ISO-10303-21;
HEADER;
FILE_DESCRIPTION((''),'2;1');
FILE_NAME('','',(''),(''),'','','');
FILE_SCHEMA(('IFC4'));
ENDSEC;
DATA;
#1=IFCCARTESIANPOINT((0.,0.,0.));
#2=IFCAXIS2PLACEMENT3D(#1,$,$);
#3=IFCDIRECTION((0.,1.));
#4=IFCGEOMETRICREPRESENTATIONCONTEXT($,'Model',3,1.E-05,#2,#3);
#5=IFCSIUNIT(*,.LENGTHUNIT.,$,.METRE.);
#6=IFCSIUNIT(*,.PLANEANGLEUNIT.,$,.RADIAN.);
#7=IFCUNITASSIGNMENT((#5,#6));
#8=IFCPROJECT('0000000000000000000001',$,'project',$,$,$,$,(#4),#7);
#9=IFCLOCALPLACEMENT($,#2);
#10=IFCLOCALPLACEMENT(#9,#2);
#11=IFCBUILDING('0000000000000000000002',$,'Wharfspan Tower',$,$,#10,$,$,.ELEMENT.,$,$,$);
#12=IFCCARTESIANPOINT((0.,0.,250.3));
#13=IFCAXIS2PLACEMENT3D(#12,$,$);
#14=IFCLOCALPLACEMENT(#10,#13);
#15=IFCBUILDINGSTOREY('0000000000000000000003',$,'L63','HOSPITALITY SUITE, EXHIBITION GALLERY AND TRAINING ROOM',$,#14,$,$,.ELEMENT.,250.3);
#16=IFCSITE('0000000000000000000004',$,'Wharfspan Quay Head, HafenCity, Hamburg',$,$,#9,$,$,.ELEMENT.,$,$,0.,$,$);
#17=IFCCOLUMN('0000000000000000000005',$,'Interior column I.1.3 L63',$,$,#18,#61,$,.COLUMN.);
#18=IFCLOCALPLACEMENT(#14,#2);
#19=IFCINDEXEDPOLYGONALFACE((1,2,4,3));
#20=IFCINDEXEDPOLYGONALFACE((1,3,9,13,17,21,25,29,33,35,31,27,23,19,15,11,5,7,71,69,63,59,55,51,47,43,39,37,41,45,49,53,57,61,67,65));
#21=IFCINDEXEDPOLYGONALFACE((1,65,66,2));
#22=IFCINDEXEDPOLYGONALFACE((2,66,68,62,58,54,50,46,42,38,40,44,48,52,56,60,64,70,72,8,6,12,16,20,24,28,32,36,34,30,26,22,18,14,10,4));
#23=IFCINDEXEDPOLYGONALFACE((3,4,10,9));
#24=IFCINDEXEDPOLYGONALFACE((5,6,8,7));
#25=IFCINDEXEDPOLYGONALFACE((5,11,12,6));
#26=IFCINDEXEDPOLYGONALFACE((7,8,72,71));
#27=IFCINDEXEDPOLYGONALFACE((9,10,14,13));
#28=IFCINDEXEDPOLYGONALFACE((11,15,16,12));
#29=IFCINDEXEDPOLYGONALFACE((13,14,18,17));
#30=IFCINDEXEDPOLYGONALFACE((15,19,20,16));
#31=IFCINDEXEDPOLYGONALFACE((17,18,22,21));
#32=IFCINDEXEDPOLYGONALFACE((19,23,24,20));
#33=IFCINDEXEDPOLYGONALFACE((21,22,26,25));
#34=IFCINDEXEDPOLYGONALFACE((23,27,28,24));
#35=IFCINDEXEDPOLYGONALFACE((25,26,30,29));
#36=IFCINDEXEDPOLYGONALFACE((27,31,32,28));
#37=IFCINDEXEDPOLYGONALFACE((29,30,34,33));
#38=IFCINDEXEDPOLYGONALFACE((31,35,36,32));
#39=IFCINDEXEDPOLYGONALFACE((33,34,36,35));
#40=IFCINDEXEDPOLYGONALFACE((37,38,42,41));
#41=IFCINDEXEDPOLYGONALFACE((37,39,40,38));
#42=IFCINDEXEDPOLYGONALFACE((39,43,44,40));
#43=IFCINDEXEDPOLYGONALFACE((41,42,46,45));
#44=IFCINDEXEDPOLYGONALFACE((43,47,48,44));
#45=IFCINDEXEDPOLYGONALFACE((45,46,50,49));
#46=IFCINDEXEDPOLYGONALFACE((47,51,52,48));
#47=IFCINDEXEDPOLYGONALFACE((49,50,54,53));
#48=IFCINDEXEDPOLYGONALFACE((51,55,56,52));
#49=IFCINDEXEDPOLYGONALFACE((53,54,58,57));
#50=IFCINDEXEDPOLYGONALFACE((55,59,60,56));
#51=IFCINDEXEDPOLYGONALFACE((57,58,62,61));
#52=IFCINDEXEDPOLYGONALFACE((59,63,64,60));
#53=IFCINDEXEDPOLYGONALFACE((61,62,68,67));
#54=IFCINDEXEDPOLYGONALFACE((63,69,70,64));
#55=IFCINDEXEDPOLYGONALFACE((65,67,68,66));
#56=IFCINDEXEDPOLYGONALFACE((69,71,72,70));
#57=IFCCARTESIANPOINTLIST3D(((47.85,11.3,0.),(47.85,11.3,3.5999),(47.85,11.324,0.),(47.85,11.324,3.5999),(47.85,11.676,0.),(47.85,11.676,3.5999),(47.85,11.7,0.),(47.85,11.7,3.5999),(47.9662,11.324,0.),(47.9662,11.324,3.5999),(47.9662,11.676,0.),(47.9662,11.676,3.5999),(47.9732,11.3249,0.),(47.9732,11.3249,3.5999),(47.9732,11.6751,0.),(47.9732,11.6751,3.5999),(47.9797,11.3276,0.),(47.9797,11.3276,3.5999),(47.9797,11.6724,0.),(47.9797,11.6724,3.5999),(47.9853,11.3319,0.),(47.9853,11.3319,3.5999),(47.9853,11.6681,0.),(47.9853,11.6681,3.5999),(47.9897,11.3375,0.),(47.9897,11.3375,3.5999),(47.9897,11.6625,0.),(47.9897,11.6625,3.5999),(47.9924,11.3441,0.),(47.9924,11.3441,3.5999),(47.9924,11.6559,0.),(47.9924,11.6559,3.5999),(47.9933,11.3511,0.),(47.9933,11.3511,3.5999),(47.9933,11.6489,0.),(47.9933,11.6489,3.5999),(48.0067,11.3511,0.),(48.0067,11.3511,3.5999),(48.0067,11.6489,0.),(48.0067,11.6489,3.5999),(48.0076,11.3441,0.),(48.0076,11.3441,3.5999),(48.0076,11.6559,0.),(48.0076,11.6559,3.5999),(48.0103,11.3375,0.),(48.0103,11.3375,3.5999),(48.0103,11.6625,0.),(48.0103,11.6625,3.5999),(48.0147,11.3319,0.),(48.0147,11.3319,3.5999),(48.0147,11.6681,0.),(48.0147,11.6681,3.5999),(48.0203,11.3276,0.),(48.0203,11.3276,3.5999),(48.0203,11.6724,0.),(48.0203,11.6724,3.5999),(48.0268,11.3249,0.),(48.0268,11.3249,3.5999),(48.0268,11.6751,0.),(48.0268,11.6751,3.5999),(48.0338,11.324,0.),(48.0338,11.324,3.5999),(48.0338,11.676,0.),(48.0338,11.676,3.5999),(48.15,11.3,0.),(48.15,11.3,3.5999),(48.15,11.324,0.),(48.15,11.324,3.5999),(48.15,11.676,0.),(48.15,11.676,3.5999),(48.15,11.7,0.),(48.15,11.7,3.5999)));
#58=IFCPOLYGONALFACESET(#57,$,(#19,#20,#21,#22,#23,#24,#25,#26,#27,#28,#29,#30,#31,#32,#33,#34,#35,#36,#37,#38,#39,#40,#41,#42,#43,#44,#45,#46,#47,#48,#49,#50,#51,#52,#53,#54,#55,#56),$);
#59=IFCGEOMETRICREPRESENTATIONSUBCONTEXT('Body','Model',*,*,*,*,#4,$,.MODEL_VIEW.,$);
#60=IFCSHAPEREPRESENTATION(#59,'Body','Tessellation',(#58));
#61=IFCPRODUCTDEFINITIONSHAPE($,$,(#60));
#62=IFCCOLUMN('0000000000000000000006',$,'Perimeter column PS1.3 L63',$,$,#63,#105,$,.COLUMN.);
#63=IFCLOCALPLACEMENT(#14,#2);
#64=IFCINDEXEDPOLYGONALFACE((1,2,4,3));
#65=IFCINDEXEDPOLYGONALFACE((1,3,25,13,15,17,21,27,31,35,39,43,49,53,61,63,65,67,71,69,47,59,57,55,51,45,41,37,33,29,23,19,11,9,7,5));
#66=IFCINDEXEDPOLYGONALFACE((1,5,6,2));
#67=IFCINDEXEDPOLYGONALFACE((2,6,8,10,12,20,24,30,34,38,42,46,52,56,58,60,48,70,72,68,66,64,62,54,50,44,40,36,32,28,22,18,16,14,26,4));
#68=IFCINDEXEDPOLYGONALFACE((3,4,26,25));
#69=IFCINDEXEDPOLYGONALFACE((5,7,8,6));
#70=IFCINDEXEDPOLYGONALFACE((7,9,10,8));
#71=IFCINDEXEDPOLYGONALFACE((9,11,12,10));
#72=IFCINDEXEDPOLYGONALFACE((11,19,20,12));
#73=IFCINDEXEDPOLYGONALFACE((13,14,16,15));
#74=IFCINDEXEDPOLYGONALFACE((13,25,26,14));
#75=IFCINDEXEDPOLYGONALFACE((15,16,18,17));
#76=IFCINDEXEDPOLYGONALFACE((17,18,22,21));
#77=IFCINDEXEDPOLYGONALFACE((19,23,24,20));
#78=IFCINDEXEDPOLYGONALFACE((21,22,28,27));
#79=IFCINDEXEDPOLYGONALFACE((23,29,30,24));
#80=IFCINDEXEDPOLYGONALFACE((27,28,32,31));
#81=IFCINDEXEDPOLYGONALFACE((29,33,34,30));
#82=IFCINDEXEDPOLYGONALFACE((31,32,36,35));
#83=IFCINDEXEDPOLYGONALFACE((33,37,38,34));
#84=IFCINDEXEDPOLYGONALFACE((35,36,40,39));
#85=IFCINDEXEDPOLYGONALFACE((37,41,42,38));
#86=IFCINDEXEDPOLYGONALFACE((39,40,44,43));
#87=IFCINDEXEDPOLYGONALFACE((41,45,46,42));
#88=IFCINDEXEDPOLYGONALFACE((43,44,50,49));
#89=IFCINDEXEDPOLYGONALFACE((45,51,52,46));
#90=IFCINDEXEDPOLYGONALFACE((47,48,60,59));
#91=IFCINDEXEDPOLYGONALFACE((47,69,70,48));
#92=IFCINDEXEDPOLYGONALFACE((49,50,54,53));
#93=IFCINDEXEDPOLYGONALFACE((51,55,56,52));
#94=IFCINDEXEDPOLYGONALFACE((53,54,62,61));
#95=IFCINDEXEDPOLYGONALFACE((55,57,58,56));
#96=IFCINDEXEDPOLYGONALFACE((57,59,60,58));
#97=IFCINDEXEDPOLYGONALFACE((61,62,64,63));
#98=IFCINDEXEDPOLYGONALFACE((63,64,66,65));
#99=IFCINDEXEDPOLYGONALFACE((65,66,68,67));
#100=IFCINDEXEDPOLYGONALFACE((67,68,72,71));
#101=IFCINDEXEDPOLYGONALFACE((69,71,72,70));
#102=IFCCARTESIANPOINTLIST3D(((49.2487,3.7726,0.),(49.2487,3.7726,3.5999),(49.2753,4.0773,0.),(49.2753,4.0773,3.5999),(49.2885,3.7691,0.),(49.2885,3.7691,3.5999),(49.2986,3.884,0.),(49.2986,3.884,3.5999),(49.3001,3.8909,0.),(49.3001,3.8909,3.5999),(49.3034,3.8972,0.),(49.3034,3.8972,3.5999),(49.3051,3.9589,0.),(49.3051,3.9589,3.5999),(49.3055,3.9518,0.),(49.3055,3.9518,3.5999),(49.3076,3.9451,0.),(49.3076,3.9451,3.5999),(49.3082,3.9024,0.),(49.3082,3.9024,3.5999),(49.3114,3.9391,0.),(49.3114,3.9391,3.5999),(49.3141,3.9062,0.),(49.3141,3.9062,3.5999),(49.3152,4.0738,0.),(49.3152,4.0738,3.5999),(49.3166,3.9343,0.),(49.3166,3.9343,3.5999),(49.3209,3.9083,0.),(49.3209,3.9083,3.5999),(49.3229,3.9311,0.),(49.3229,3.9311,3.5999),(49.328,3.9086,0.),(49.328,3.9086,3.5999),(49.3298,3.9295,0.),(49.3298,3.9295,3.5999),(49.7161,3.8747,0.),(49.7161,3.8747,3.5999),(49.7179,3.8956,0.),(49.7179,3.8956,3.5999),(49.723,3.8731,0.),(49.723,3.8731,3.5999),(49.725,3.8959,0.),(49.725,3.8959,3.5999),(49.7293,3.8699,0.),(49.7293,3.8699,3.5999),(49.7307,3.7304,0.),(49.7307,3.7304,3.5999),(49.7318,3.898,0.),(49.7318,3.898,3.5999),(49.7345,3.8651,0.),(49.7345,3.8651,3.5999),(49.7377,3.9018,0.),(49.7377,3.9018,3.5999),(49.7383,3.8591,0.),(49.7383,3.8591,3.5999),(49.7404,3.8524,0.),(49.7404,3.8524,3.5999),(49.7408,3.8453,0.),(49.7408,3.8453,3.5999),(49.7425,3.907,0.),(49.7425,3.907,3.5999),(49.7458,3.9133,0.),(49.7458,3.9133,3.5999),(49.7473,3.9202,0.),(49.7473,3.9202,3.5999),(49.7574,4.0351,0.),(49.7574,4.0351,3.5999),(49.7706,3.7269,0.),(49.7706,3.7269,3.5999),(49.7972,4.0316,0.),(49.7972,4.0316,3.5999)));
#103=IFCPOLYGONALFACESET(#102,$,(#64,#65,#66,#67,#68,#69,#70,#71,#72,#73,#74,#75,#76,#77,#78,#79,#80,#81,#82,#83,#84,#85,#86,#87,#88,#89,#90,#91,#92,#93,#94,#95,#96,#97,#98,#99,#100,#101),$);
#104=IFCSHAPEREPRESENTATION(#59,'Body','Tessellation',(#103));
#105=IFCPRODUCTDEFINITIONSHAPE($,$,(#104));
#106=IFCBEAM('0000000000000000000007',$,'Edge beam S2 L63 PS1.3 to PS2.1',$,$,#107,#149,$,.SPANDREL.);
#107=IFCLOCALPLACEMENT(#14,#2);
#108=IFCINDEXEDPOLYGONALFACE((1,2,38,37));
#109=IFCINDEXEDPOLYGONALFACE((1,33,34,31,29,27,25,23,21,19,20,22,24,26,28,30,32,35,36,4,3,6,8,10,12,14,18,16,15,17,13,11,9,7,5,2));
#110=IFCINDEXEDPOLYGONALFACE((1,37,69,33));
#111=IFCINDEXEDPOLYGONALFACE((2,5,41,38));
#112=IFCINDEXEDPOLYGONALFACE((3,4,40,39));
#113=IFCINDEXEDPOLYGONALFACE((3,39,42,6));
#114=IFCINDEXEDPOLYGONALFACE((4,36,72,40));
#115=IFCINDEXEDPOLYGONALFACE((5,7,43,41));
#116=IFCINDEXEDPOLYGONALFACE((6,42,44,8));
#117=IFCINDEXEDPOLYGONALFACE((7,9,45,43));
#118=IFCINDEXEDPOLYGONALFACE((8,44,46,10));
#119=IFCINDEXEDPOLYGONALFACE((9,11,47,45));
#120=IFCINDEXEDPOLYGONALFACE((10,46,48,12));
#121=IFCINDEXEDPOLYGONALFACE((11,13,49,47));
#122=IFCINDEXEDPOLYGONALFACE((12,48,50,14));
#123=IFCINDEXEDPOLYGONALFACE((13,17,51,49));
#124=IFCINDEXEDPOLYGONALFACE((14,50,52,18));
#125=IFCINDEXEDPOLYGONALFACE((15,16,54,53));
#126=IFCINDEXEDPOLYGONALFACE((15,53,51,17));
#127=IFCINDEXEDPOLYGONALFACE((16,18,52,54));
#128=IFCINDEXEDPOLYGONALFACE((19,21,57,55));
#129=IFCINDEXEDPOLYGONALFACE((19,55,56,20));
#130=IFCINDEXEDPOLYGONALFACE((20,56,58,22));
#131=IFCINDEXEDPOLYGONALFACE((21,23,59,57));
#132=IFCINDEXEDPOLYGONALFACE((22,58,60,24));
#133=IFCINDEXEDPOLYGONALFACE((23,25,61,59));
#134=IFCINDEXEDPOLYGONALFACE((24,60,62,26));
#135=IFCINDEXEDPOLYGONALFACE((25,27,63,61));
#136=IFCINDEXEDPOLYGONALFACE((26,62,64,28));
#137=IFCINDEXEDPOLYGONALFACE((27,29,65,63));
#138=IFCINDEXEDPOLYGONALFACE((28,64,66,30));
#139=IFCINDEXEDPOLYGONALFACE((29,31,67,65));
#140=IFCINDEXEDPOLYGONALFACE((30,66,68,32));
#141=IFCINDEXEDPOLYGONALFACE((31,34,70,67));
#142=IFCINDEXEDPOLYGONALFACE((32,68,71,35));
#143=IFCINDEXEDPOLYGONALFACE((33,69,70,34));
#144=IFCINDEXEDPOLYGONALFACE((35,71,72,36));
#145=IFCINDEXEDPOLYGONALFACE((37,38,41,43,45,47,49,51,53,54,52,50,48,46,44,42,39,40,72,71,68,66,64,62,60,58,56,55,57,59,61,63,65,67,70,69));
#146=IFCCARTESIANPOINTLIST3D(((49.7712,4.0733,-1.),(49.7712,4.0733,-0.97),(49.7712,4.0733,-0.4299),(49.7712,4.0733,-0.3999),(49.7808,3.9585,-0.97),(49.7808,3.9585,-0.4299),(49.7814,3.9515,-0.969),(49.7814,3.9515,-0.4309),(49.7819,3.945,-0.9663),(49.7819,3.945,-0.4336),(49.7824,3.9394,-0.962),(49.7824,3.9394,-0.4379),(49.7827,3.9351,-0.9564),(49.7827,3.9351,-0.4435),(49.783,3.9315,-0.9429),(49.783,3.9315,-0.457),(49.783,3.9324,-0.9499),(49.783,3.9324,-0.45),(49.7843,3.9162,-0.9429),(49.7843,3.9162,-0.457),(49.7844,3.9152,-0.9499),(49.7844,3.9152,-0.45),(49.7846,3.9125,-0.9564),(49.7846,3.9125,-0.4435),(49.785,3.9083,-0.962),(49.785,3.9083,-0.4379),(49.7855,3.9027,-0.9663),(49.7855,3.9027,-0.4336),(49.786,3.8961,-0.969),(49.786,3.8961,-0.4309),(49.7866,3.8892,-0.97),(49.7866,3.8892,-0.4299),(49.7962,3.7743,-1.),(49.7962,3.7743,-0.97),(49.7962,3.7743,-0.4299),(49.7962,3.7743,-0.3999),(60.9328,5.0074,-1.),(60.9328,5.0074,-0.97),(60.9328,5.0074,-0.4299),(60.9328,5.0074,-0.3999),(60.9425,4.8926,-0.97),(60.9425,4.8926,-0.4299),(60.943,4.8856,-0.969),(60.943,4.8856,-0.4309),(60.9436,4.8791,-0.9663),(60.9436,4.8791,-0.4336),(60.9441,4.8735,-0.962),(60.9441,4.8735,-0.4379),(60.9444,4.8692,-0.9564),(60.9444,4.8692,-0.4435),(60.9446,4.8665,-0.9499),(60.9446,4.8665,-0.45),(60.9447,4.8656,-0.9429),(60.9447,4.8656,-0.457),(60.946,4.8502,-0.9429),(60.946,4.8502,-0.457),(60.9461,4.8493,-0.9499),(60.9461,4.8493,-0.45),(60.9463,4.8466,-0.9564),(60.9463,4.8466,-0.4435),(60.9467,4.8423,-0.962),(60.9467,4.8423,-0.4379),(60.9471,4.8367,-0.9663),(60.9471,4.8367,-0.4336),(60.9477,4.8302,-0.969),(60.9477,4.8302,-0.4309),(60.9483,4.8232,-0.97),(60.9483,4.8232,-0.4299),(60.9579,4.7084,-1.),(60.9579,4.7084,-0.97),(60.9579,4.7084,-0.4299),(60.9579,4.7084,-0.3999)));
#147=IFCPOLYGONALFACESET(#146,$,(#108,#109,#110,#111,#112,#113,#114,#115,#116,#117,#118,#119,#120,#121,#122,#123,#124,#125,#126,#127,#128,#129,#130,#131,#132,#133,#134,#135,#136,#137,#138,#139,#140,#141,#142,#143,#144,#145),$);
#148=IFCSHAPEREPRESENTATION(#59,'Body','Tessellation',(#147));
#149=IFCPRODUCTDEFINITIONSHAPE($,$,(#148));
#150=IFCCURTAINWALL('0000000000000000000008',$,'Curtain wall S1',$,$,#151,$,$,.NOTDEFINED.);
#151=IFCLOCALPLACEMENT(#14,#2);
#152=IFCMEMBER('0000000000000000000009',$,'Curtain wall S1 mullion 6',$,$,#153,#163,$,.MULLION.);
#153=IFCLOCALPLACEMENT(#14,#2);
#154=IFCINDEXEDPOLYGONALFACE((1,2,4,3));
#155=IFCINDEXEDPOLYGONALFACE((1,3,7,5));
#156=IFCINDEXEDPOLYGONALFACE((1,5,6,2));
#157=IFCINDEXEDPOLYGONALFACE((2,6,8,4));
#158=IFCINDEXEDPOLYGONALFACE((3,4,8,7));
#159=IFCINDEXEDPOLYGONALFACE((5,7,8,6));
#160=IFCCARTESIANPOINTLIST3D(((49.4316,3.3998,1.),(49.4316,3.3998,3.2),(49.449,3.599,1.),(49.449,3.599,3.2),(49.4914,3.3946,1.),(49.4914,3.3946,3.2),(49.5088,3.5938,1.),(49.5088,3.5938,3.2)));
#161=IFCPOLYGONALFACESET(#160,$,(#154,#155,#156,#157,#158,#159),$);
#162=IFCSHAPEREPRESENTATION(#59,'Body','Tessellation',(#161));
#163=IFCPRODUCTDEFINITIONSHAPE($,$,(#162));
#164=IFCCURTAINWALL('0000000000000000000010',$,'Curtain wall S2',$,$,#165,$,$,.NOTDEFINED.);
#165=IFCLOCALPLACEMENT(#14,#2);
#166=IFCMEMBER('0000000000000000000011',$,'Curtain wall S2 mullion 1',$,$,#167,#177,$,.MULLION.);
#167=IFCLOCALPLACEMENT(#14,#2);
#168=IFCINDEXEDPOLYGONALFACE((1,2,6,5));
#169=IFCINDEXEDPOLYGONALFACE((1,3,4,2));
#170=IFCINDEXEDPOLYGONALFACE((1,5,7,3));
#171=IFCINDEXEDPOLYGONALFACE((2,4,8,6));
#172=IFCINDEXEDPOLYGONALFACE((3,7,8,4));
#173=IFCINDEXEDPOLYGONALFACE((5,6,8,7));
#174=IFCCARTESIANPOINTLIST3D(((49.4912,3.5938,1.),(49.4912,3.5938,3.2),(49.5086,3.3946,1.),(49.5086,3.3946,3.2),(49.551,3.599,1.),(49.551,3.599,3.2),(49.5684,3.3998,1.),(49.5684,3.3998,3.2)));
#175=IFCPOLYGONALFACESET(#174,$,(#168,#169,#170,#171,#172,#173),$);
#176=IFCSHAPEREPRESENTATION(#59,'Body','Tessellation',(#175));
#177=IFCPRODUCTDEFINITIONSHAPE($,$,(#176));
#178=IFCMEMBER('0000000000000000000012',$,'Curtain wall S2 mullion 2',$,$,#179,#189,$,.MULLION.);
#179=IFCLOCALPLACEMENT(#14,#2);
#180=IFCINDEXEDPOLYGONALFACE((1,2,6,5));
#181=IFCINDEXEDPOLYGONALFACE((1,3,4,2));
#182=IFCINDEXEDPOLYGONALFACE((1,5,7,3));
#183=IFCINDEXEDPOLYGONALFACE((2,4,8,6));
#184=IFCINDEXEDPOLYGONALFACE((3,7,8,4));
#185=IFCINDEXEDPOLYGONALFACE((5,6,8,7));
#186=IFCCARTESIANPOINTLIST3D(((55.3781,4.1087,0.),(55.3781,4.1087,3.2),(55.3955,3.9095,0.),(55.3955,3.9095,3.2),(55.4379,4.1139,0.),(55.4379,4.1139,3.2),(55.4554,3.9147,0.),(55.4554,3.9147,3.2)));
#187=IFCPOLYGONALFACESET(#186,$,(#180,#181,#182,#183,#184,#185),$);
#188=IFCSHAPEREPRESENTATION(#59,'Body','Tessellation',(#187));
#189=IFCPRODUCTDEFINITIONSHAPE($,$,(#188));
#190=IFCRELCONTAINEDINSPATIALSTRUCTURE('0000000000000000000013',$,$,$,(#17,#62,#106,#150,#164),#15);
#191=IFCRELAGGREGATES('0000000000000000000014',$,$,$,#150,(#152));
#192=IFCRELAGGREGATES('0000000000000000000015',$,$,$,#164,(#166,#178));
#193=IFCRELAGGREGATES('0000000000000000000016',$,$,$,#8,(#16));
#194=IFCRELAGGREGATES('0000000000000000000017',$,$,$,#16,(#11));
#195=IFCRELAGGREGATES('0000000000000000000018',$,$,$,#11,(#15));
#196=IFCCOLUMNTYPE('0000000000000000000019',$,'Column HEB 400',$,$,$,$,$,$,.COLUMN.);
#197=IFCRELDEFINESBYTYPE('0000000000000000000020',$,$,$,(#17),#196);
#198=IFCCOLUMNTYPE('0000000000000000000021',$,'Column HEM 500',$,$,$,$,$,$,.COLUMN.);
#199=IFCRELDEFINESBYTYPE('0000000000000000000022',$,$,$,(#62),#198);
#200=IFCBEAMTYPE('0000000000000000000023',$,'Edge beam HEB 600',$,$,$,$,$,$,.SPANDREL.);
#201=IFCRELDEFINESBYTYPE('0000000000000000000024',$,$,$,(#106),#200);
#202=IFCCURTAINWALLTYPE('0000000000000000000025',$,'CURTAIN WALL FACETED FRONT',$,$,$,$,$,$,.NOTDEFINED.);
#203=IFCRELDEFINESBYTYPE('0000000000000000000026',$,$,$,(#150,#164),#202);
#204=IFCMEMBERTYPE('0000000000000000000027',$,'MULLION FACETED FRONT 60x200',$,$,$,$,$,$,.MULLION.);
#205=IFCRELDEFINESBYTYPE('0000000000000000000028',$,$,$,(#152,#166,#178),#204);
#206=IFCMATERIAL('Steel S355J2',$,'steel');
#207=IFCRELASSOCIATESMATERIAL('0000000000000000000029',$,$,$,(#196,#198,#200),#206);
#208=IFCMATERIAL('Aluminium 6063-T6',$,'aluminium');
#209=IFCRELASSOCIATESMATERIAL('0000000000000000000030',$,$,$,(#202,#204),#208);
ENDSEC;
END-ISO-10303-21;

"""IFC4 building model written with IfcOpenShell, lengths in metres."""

from ifc_helpers import new_model, si_unit, direction, frame, origin, origin_2d, place, context, subcontext, project, spatial, rectangle, i_section, extrude, material, material_profile, profile_set, type_object, element, aggregate, save


model = new_model("IFC4")

# Units and contexts
model_context = context("Model", 3, precision=1e-05, world=origin(), true_north=direction((0.0, 1.0)))
body_context = subcontext(model_context, "Body", "Model", "MODEL_VIEW")
ifc_project = project(units=[si_unit("LENGTHUNIT", "METRE"), si_unit("PLANEANGLEUNIT", "RADIAN")], contexts=[model_context])

# Site, building, storey
site_placement = place(None, origin())
site = spatial("IfcSite", under=ifc_project, at=site_placement, Name="Wharfspan Quay Head, HafenCity, Hamburg", CompositionType="ELEMENT", RefElevation=0.0)
building_placement = place(site_placement, origin())
building = spatial("IfcBuilding", under=site, at=building_placement, Name="Wharfspan Tower", CompositionType="ELEMENT")
storey_placement = place(building_placement, frame((0.0, 0.0, 250.3)))
storey = spatial("IfcBuildingStorey", under=building, at=storey_placement, Name="L63", Description="HOSPITALITY SUITE, EXHIBITION GALLERY AND TRAINING ROOM", CompositionType="ELEMENT", Elevation=250.3)

# Columns
ifc_material_1 = material(Name="Steel S355J2", Category="steel")
ifc_material_profile_1 = material_profile(ifc_material_1, i_section(OverallWidth=0.3, OverallDepth=0.3999, WebThickness=0.0134, FlangeThickness=0.0239, FilletRadius=0.0271, at=origin_2d()))
ifc_profile_set_1 = profile_set([ifc_material_profile_1], Name="Steel S355J2")
column_type_1 = type_object("IfcColumnType", Name="Column HEB 400", PredefinedType="COLUMN", material=ifc_profile_set_1)
column_1_placement = place(storey_placement, frame((48.0, 11.5, 0.0), z_axis=(0.0, 0.0, 1.0), x_axis=(1.0, 0.0, 0.0)))
element("IfcColumn", 1, at=column_1_placement, inside=storey, type_object=column_type_1, Name="Interior column I.1.3 L63", PredefinedType="COLUMN", context=body_context, shape_type="SweptSolid", body=[
    extrude(i_section(OverallWidth=0.3, OverallDepth=0.3999, WebThickness=0.0134, FlangeThickness=0.0239, FilletRadius=0.0271, at=origin_2d()), origin(), (0.0, 0.0, 1.0), 3.5999),
])
ifc_material_profile_2 = material_profile(ifc_material_1, i_section(OverallWidth=0.3059, OverallDepth=0.5239, WebThickness=0.021, FlangeThickness=0.04, FilletRadius=0.0271, at=origin_2d()))
ifc_profile_set_2 = profile_set([ifc_material_profile_2], Name="Steel S355J2")
column_type_2 = type_object("IfcColumnType", Name="Column HEM 500", PredefinedType="COLUMN", material=ifc_profile_set_2)
column_2_placement = place(storey_placement, frame((49.5229, 3.9021, 0.0), z_axis=(0.0, 0.0, 1.0), x_axis=(-0.087156, -0.996197, 0.0)))
element("IfcColumn", 2, at=column_2_placement, inside=storey, type_object=column_type_2, Name="Perimeter column PS1.3 L63", PredefinedType="COLUMN", context=body_context, shape_type="SweptSolid", body=[
    extrude(i_section(OverallWidth=0.3059, OverallDepth=0.5239, WebThickness=0.021, FlangeThickness=0.04, FilletRadius=0.0271, at=origin_2d()), origin(), (0.0, 0.0, 1.0), 3.5999),
])

# Beam
ifc_material_profile_3 = material_profile(ifc_material_1, i_section(OverallWidth=0.3, OverallDepth=0.6001, WebThickness=0.0154, FlangeThickness=0.03, FilletRadius=0.0271, at=origin_2d()))
ifc_profile_set_3 = profile_set([ifc_material_profile_3], Name="Steel S355J2")
beam_type = type_object("IfcBeamType", Name="Edge beam HEB 600", PredefinedType="SPANDREL", material=ifc_profile_set_3)
beam_placement = place(storey_placement, frame((49.7837, 3.9238, -0.7), z_axis=(0.996517, 0.083395, 0.0), x_axis=(-0.083395, 0.996517, 0.0)))
element("IfcBeam", 3, at=beam_placement, inside=storey, type_object=beam_type, Name="Edge beam S2 L63 PS1.3 to PS2.1", PredefinedType="SPANDREL", context=body_context, shape_type="SweptSolid", body=[
    extrude(i_section(OverallWidth=0.3, OverallDepth=0.6001, WebThickness=0.0154, FlangeThickness=0.03, FilletRadius=0.0271, at=origin_2d()), origin(), (0.0, 0.0, 1.0), 11.2007),
])

# Curtain wall, member
ifc_material_2 = material(Name="Aluminium 6063-T6", Category="aluminium")
curtain_wall_type = type_object("IfcCurtainWallType", Name="CURTAIN WALL FACETED FRONT", PredefinedType="NOTDEFINED", material=ifc_material_2)
curtain_wall_1_placement = place(storey_placement, origin())
curtain_wall_1 = element("IfcCurtainWall", 4, at=curtain_wall_1_placement, inside=storey, type_object=curtain_wall_type, Name="Curtain wall S1", PredefinedType="NOTDEFINED")
ifc_material_profile_4 = material_profile(ifc_material_2, rectangle(XDim=0.2, YDim=0.0601, at=origin_2d()))
ifc_profile_set_4 = profile_set([ifc_material_profile_4], Name="Aluminium 6063-T6")
member_type_1 = type_object("IfcMemberType", Name="MULLION FACETED FRONT 60x200", PredefinedType="MULLION", material=ifc_profile_set_4)
member_1_placement = place(storey_placement, frame((49.4702, 3.4968, 1.0), z_axis=(0.0, 0.0, 1.0), x_axis=(0.087156, 0.996197, 0.0)))
member_1 = element("IfcMember", 5, at=member_1_placement, type_object=member_type_1, Name="Curtain wall S1 mullion 6", PredefinedType="MULLION", context=body_context, shape_type="SweptSolid", body=[
    extrude(rectangle(XDim=0.2, YDim=0.0601, at=origin_2d()), origin(), (0.0, 0.0, 1.0), 2.2),
])

# Curtain wall, members
curtain_wall_2_placement = place(storey_placement, origin())
curtain_wall_2 = element("IfcCurtainWall", 6, at=curtain_wall_2_placement, inside=storey, type_object=curtain_wall_type, Name="Curtain wall S2", PredefinedType="NOTDEFINED")
member_2_placement = place(storey_placement, frame((49.5298, 3.4968, 1.0), z_axis=(0.0, 0.0, 1.0), x_axis=(-0.087156, 0.996197, 0.0)))
member_2 = element("IfcMember", 7, at=member_2_placement, type_object=member_type_1, Name="Curtain wall S2 mullion 1", PredefinedType="MULLION", context=body_context, shape_type="SweptSolid", body=[
    extrude(rectangle(XDim=0.2, YDim=0.0601, at=origin_2d()), origin(), (0.0, 0.0, 1.0), 2.2),
])
member_3_placement = place(storey_placement, frame((55.4167, 4.0117, 0.0), z_axis=(0.0, 0.0, 1.0), x_axis=(-0.087156, 0.996197, 0.0)))
member_3 = element("IfcMember", 8, at=member_3_placement, type_object=member_type_1, Name="Curtain wall S2 mullion 2", PredefinedType="MULLION", context=body_context, shape_type="SweptSolid", body=[
    extrude(rectangle(XDim=0.2, YDim=0.0601, at=origin_2d()), origin(), (0.0, 0.0, 1.0), 3.2),
])

aggregate(curtain_wall_1, [member_1])
aggregate(curtain_wall_2, [member_2, member_3])

save(model, "model.ifc")
